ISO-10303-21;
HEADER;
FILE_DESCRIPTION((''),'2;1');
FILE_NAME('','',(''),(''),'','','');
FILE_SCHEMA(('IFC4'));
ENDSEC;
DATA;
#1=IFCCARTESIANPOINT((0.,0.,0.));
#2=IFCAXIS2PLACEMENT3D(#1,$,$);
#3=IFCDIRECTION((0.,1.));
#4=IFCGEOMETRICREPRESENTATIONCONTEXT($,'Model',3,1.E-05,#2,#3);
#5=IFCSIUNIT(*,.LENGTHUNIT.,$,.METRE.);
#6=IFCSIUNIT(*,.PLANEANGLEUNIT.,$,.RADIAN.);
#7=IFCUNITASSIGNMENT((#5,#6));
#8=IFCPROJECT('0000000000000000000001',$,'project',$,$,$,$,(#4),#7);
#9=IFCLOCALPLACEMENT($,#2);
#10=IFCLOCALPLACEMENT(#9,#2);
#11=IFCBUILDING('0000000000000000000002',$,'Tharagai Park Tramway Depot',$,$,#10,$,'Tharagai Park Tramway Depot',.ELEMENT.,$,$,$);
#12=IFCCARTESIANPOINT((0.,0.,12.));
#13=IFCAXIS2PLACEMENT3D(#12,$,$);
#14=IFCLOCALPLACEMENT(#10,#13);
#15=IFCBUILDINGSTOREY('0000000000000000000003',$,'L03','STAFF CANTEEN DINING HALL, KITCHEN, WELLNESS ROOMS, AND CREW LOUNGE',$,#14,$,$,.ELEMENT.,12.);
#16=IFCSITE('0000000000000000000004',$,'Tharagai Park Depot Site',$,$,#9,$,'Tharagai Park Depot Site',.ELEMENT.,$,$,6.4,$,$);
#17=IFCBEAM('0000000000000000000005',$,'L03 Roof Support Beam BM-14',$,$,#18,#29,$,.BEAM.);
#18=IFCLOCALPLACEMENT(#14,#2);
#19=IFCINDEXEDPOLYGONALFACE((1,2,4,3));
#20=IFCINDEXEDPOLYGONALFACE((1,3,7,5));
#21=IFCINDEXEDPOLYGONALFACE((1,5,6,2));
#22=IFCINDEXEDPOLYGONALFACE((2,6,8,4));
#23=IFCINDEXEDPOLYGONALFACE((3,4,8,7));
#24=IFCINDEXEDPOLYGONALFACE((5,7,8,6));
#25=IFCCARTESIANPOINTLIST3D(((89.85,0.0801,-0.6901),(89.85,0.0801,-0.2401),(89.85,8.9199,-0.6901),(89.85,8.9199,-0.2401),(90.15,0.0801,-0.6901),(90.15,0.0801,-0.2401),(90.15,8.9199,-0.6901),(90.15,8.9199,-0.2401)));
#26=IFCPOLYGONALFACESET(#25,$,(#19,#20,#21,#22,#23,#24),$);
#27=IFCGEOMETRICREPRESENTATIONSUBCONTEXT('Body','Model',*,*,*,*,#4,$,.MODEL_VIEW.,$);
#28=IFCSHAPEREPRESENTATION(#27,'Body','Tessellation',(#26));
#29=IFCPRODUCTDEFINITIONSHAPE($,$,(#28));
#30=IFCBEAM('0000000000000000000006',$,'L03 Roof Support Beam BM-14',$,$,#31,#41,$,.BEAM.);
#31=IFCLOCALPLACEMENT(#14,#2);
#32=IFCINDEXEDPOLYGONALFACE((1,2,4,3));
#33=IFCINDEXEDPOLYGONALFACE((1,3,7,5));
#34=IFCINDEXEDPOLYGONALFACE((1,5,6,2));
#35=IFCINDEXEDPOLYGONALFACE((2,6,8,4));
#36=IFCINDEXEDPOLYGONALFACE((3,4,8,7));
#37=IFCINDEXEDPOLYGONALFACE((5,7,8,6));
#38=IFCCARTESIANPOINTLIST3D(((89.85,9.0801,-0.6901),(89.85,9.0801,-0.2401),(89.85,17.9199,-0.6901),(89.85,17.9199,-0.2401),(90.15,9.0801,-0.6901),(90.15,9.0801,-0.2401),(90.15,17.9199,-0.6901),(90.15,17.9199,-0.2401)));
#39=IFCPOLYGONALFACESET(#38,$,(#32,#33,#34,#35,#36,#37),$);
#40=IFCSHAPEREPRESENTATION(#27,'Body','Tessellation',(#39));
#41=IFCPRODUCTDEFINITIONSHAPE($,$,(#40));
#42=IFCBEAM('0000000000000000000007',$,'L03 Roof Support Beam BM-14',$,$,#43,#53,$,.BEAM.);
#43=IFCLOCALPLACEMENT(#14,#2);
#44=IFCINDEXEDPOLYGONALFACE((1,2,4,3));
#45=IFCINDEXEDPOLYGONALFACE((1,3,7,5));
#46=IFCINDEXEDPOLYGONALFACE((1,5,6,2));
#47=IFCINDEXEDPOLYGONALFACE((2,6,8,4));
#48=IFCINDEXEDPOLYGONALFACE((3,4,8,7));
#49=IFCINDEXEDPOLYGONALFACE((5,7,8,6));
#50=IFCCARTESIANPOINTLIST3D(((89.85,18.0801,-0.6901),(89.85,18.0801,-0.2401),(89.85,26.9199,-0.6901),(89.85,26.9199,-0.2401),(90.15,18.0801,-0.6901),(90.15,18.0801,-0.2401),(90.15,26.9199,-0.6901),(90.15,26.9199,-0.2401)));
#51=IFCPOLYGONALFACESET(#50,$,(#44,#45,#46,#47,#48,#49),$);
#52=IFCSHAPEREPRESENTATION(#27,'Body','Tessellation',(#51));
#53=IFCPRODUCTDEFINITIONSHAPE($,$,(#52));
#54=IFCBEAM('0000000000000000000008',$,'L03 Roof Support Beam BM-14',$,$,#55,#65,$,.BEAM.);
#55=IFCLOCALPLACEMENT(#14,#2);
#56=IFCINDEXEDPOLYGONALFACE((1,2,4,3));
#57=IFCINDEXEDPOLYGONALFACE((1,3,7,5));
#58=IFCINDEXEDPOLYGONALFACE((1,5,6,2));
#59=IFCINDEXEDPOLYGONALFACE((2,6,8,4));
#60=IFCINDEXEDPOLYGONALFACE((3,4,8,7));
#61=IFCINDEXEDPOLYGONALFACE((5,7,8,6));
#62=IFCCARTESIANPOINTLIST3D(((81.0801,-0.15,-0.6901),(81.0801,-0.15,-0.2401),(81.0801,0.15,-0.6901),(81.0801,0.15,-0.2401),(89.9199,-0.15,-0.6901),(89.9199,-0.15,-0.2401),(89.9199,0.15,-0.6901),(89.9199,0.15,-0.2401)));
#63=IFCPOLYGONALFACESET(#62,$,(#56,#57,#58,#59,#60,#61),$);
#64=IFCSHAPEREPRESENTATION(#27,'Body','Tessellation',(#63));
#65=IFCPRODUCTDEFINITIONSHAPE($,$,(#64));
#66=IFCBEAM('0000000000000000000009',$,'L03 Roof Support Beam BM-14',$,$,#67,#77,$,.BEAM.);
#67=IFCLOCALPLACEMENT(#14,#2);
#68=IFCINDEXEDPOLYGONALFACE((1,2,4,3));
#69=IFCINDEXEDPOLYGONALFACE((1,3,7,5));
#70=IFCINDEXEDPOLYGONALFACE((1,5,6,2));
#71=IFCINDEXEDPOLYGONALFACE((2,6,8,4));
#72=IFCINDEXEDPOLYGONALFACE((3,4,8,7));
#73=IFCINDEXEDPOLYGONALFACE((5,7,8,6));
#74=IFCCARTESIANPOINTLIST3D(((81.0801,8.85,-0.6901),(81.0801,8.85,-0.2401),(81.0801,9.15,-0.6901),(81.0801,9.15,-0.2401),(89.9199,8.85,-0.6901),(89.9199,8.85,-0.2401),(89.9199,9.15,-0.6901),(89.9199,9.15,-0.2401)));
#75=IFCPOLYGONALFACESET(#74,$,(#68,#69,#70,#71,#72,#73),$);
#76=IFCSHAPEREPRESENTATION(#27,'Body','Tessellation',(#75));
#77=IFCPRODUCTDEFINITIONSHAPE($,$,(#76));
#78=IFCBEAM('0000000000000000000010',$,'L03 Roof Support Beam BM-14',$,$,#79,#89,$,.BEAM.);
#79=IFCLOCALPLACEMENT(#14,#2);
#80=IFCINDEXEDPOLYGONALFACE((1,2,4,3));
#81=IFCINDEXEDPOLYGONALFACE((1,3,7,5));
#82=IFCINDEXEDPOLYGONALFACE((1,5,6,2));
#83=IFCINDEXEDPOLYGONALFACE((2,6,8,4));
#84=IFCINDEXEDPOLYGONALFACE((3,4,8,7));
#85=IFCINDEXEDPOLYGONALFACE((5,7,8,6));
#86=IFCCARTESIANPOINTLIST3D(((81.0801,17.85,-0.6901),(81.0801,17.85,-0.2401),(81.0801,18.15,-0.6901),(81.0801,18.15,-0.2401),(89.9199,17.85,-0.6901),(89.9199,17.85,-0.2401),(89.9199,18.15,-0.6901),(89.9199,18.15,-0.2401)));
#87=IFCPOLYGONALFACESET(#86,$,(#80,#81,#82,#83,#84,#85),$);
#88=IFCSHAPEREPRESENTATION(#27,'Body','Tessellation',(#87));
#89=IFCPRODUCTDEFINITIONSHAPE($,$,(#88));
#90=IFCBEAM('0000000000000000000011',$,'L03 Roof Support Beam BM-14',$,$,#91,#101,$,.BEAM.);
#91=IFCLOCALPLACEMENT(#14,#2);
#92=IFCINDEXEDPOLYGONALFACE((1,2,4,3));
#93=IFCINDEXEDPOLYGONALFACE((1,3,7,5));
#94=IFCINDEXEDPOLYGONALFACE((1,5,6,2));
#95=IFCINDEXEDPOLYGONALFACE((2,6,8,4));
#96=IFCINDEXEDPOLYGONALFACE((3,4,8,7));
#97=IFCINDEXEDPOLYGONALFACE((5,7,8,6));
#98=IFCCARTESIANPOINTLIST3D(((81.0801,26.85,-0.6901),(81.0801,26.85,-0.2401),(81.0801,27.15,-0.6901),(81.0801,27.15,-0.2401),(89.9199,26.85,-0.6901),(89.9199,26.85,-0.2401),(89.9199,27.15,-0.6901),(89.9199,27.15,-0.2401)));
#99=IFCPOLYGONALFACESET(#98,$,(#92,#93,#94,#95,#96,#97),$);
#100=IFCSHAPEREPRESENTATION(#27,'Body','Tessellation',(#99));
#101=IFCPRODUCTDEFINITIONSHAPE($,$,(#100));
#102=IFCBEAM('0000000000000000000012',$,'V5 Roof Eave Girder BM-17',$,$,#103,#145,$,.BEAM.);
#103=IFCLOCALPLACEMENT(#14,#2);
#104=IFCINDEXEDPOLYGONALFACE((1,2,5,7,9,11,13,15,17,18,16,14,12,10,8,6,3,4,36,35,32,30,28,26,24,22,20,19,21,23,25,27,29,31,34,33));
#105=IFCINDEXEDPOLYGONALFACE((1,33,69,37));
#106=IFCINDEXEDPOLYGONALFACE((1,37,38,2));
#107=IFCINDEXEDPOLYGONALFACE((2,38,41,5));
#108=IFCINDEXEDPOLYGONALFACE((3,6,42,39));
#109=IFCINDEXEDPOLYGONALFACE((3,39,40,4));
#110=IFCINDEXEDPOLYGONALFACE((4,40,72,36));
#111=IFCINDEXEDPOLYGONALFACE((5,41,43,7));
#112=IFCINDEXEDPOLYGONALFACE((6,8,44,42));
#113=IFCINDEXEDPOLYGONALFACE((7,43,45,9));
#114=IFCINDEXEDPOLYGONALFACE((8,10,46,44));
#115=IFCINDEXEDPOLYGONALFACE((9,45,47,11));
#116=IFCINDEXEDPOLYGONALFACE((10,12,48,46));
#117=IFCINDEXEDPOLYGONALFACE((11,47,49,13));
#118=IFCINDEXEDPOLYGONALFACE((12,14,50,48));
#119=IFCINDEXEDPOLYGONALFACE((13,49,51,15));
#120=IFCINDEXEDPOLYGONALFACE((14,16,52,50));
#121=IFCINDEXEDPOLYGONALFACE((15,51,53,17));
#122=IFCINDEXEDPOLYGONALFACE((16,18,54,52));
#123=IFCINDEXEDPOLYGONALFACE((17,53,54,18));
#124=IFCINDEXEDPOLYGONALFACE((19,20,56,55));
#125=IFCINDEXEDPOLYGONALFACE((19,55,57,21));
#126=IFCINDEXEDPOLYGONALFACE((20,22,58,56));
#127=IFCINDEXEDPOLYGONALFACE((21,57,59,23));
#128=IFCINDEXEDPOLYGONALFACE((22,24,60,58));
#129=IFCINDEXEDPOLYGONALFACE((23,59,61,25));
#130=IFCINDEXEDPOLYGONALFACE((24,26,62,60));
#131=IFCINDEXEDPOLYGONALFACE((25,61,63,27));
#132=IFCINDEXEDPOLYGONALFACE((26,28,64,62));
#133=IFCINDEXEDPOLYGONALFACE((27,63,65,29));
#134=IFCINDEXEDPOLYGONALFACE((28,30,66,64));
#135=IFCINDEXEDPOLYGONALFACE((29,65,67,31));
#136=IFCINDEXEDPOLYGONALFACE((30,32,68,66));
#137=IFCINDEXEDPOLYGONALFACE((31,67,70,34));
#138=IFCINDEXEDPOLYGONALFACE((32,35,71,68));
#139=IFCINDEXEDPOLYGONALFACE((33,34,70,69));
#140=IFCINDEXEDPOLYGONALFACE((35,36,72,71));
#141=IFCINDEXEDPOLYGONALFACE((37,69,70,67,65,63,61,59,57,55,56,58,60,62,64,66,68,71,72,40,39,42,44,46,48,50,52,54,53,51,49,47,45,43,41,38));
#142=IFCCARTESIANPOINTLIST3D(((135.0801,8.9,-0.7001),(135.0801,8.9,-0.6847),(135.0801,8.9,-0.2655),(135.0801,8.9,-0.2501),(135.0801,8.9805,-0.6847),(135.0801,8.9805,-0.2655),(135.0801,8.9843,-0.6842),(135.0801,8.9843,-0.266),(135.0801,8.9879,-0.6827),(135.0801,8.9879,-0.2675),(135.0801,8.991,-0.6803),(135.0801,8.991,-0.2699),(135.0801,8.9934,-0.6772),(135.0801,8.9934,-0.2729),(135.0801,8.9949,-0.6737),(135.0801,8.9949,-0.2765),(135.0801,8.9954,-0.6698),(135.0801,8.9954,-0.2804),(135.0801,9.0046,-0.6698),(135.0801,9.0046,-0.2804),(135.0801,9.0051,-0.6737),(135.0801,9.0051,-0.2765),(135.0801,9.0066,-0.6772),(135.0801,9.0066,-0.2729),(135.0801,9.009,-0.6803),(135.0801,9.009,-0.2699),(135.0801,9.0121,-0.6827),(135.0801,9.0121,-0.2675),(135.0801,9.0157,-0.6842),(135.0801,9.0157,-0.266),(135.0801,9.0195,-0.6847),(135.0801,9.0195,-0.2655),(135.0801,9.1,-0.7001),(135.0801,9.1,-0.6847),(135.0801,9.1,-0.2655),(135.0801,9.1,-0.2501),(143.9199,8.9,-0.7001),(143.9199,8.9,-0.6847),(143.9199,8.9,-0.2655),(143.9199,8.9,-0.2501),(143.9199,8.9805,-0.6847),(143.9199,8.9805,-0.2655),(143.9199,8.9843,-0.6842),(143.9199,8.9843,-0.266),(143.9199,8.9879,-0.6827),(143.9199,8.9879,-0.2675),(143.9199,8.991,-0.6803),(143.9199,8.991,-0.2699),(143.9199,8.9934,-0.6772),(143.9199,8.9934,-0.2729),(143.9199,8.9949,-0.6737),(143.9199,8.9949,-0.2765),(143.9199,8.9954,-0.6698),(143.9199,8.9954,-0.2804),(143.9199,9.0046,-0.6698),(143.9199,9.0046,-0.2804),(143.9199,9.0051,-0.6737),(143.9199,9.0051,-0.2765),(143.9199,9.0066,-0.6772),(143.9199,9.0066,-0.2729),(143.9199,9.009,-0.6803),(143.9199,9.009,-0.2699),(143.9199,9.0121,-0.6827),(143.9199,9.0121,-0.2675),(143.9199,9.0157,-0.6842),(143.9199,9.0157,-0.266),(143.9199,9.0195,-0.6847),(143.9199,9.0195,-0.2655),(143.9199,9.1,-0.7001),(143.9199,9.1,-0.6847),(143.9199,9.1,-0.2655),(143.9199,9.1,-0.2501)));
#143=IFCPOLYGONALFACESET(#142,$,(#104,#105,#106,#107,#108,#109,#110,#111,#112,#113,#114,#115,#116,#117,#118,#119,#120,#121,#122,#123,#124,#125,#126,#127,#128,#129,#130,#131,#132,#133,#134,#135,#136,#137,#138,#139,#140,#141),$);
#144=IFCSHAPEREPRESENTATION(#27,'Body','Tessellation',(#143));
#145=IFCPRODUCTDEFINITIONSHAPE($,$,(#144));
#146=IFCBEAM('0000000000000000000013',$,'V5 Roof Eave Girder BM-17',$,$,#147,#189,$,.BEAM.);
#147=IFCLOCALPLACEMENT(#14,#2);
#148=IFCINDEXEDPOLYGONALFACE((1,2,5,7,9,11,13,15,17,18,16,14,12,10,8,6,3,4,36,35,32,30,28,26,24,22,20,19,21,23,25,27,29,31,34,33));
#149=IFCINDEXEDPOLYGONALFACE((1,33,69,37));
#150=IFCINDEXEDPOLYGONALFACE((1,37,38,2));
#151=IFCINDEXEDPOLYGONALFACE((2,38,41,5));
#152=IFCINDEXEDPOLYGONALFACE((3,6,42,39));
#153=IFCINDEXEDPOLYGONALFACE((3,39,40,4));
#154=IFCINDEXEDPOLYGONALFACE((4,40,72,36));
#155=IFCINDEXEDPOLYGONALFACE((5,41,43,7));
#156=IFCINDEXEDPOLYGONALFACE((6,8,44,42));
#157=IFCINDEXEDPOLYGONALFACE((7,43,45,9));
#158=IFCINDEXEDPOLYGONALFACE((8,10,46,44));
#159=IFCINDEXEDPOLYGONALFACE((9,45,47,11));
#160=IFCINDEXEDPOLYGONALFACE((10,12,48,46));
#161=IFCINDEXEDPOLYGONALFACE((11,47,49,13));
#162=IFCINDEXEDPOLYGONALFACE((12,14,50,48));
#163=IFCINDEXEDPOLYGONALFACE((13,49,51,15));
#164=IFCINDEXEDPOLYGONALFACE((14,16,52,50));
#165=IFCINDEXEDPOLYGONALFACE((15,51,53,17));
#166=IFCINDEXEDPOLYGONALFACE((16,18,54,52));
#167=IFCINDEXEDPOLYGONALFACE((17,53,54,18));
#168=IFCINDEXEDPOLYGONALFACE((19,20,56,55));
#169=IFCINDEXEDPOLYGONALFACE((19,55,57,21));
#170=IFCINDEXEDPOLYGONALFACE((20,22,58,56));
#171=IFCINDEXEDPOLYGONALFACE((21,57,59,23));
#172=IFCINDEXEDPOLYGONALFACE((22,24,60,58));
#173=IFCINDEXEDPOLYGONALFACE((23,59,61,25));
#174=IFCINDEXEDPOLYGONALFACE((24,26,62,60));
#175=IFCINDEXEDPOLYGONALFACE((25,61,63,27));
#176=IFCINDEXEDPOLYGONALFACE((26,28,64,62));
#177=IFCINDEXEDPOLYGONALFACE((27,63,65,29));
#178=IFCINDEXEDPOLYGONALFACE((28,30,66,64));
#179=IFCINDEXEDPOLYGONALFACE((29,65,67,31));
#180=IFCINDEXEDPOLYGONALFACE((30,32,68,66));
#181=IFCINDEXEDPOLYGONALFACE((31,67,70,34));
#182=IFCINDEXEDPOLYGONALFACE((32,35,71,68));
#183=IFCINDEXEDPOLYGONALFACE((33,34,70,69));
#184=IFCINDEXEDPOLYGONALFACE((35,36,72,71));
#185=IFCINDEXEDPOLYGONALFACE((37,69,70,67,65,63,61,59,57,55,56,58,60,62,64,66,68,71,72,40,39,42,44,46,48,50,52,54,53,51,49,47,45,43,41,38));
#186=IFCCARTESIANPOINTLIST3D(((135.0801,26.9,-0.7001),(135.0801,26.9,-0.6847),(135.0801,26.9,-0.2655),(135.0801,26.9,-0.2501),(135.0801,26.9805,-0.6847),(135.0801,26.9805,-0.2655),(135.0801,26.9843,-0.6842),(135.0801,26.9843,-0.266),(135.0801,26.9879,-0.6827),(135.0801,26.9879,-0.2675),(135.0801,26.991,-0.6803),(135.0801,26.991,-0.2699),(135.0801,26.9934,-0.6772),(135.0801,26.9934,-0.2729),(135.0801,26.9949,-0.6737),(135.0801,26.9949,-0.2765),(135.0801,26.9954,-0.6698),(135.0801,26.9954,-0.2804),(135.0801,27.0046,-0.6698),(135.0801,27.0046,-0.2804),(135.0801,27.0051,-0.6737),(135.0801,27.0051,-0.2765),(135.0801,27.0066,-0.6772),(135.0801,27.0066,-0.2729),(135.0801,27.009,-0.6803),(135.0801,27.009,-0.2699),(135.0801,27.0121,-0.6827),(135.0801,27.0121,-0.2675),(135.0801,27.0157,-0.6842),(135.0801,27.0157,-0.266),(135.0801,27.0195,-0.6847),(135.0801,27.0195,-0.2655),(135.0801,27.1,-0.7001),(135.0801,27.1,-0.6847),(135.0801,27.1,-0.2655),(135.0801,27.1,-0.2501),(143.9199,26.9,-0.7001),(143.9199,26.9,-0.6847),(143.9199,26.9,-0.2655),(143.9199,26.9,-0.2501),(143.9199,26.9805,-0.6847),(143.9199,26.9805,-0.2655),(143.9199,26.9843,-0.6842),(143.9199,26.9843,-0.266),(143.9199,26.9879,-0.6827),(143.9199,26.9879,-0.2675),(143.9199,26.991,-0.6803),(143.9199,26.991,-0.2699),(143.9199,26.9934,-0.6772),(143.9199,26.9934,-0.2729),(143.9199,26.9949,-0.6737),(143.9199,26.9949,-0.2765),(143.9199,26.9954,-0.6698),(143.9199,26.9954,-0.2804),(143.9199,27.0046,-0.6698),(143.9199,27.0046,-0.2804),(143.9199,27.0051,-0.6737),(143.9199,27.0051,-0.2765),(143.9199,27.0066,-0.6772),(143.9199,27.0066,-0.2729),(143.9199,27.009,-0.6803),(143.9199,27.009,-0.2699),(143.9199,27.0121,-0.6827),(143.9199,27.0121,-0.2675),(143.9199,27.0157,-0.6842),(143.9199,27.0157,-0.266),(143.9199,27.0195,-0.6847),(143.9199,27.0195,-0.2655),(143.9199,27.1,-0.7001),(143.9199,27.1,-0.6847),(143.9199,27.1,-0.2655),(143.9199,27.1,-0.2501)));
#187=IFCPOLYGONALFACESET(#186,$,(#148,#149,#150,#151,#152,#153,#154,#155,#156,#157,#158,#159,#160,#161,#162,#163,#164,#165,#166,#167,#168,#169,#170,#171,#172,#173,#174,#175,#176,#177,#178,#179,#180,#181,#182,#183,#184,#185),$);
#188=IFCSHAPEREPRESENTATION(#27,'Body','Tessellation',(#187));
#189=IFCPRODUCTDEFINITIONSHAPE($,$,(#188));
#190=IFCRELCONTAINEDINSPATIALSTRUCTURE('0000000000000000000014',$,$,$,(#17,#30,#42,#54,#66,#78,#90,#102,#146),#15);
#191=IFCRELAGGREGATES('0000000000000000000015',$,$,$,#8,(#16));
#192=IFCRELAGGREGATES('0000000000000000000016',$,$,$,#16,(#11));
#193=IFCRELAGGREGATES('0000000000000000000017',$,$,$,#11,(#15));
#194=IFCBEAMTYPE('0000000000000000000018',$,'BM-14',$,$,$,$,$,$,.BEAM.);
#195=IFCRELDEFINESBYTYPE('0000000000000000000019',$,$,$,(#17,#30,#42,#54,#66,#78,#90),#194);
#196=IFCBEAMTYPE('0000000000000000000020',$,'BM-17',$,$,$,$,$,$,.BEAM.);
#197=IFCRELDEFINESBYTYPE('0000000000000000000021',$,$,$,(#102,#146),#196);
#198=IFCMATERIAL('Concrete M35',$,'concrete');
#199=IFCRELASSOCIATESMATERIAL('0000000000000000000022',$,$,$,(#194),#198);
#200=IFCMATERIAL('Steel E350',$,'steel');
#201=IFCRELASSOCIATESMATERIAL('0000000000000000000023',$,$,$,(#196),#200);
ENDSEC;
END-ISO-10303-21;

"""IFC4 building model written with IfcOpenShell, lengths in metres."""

from ifc_helpers import new_model, si_unit, direction, frame, origin, origin_2d, place, context, subcontext, project, spatial, rectangle, i_section, extrude, material, material_profile, profile_set, type_object, element, save


model = new_model("IFC4")

# Units and contexts
model_context = context("Model", 3, precision=1e-05, world=origin(), true_north=direction((0.0, 1.0)))
body_context = subcontext(model_context, "Body", "Model", "MODEL_VIEW")
ifc_project = project(units=[si_unit("LENGTHUNIT", "METRE"), si_unit("PLANEANGLEUNIT", "RADIAN")], contexts=[model_context])

# Site, building, storey
site_placement = place(None, origin())
site = spatial("IfcSite", under=ifc_project, at=site_placement, Name="Tharagai Park Depot Site", LongName="Tharagai Park Depot Site", CompositionType="ELEMENT", RefElevation=6.4)
building_placement = place(site_placement, origin())
building = spatial("IfcBuilding", under=site, at=building_placement, Name="Tharagai Park Tramway Depot", LongName="Tharagai Park Tramway Depot", CompositionType="ELEMENT")
storey_placement = place(building_placement, frame((0.0, 0.0, 12.0)))
storey = spatial("IfcBuildingStorey", under=building, at=storey_placement, Name="L03", Description="STAFF CANTEEN DINING HALL, KITCHEN, WELLNESS ROOMS, AND CREW LOUNGE", CompositionType="ELEMENT", Elevation=12.0)

# Beams
ifc_material_1 = material(Name="Concrete M35", Category="concrete")
ifc_material_profile_1 = material_profile(ifc_material_1, rectangle(XDim=0.3, YDim=0.45, at=origin_2d()), Name="RC 300x450")
ifc_profile_set_1 = profile_set([ifc_material_profile_1], Name="Concrete M35")
beam_type_1 = type_object("IfcBeamType", Name="BM-14", PredefinedType="BEAM", material=ifc_profile_set_1)
for number, where, z_axis, x_axis, name in (
    (1, (90.0, 0.0801, -0.4651), (0.0, 1.0, 0.0), (-1.0, 0.0, 0.0), "L03 Roof Support Beam BM-14"),
    (2, (90.0, 9.0801, -0.4651), (0.0, 1.0, 0.0), (-1.0, 0.0, 0.0), "L03 Roof Support Beam BM-14"),
    (3, (90.0, 18.0801, -0.4651), (0.0, 1.0, 0.0), (-1.0, 0.0, 0.0), "L03 Roof Support Beam BM-14"),
    (4, (81.0801, 0.0, -0.4651), (1.0, 0.0, 0.0), (0.0, 1.0, 0.0), "L03 Roof Support Beam BM-14"),
    (5, (81.0801, 9.0, -0.4651), (1.0, 0.0, 0.0), (0.0, 1.0, 0.0), "L03 Roof Support Beam BM-14"),
    (6, (81.0801, 18.0, -0.4651), (1.0, 0.0, 0.0), (0.0, 1.0, 0.0), "L03 Roof Support Beam BM-14"),
    (7, (81.0801, 27.0, -0.4651), (1.0, 0.0, 0.0), (0.0, 1.0, 0.0), "L03 Roof Support Beam BM-14"),
):
    element("IfcBeam", number, at=place(storey_placement, frame(where, z_axis=z_axis, x_axis=x_axis)), inside=storey, type_object=beam_type_1, Name=name, PredefinedType="BEAM", context=body_context, shape_type="SweptSolid", body=[
        extrude(rectangle(XDim=0.3, YDim=0.45, at=origin_2d()), origin(), (0.0, 0.0, 1.0), 8.8398),
    ])
ifc_material_2 = material(Name="Steel E350", Category="steel")
ifc_material_profile_2 = material_profile(ifc_material_2, i_section(OverallWidth=0.2, OverallDepth=0.45, WebThickness=0.0093, FlangeThickness=0.0154, FilletRadius=0.0149, at=origin_2d()), Name="ISWB 450")
ifc_profile_set_2 = profile_set([ifc_material_profile_2], Name="Steel E350")
beam_type_2 = type_object("IfcBeamType", Name="BM-17", PredefinedType="BEAM", material=ifc_profile_set_2)
for number, where, z_axis, x_axis, name in (
    (8, (135.0801, 9.0, -0.4751), (1.0, 0.0, 0.0), (0.0, 1.0, 0.0), "V5 Roof Eave Girder BM-17"),
    (9, (135.0801, 27.0, -0.4751), (1.0, 0.0, 0.0), (0.0, 1.0, 0.0), "V5 Roof Eave Girder BM-17"),
):
    element("IfcBeam", number, at=place(storey_placement, frame(where, z_axis=z_axis, x_axis=x_axis)), inside=storey, type_object=beam_type_2, Name=name, PredefinedType="BEAM", context=body_context, shape_type="SweptSolid", body=[
        extrude(i_section(OverallWidth=0.2, OverallDepth=0.45, WebThickness=0.0093, FlangeThickness=0.0154, FilletRadius=0.0149, at=origin_2d()), origin(), (0.0, 0.0, 1.0), 8.8398),
    ])

save(model, "model.ifc")
